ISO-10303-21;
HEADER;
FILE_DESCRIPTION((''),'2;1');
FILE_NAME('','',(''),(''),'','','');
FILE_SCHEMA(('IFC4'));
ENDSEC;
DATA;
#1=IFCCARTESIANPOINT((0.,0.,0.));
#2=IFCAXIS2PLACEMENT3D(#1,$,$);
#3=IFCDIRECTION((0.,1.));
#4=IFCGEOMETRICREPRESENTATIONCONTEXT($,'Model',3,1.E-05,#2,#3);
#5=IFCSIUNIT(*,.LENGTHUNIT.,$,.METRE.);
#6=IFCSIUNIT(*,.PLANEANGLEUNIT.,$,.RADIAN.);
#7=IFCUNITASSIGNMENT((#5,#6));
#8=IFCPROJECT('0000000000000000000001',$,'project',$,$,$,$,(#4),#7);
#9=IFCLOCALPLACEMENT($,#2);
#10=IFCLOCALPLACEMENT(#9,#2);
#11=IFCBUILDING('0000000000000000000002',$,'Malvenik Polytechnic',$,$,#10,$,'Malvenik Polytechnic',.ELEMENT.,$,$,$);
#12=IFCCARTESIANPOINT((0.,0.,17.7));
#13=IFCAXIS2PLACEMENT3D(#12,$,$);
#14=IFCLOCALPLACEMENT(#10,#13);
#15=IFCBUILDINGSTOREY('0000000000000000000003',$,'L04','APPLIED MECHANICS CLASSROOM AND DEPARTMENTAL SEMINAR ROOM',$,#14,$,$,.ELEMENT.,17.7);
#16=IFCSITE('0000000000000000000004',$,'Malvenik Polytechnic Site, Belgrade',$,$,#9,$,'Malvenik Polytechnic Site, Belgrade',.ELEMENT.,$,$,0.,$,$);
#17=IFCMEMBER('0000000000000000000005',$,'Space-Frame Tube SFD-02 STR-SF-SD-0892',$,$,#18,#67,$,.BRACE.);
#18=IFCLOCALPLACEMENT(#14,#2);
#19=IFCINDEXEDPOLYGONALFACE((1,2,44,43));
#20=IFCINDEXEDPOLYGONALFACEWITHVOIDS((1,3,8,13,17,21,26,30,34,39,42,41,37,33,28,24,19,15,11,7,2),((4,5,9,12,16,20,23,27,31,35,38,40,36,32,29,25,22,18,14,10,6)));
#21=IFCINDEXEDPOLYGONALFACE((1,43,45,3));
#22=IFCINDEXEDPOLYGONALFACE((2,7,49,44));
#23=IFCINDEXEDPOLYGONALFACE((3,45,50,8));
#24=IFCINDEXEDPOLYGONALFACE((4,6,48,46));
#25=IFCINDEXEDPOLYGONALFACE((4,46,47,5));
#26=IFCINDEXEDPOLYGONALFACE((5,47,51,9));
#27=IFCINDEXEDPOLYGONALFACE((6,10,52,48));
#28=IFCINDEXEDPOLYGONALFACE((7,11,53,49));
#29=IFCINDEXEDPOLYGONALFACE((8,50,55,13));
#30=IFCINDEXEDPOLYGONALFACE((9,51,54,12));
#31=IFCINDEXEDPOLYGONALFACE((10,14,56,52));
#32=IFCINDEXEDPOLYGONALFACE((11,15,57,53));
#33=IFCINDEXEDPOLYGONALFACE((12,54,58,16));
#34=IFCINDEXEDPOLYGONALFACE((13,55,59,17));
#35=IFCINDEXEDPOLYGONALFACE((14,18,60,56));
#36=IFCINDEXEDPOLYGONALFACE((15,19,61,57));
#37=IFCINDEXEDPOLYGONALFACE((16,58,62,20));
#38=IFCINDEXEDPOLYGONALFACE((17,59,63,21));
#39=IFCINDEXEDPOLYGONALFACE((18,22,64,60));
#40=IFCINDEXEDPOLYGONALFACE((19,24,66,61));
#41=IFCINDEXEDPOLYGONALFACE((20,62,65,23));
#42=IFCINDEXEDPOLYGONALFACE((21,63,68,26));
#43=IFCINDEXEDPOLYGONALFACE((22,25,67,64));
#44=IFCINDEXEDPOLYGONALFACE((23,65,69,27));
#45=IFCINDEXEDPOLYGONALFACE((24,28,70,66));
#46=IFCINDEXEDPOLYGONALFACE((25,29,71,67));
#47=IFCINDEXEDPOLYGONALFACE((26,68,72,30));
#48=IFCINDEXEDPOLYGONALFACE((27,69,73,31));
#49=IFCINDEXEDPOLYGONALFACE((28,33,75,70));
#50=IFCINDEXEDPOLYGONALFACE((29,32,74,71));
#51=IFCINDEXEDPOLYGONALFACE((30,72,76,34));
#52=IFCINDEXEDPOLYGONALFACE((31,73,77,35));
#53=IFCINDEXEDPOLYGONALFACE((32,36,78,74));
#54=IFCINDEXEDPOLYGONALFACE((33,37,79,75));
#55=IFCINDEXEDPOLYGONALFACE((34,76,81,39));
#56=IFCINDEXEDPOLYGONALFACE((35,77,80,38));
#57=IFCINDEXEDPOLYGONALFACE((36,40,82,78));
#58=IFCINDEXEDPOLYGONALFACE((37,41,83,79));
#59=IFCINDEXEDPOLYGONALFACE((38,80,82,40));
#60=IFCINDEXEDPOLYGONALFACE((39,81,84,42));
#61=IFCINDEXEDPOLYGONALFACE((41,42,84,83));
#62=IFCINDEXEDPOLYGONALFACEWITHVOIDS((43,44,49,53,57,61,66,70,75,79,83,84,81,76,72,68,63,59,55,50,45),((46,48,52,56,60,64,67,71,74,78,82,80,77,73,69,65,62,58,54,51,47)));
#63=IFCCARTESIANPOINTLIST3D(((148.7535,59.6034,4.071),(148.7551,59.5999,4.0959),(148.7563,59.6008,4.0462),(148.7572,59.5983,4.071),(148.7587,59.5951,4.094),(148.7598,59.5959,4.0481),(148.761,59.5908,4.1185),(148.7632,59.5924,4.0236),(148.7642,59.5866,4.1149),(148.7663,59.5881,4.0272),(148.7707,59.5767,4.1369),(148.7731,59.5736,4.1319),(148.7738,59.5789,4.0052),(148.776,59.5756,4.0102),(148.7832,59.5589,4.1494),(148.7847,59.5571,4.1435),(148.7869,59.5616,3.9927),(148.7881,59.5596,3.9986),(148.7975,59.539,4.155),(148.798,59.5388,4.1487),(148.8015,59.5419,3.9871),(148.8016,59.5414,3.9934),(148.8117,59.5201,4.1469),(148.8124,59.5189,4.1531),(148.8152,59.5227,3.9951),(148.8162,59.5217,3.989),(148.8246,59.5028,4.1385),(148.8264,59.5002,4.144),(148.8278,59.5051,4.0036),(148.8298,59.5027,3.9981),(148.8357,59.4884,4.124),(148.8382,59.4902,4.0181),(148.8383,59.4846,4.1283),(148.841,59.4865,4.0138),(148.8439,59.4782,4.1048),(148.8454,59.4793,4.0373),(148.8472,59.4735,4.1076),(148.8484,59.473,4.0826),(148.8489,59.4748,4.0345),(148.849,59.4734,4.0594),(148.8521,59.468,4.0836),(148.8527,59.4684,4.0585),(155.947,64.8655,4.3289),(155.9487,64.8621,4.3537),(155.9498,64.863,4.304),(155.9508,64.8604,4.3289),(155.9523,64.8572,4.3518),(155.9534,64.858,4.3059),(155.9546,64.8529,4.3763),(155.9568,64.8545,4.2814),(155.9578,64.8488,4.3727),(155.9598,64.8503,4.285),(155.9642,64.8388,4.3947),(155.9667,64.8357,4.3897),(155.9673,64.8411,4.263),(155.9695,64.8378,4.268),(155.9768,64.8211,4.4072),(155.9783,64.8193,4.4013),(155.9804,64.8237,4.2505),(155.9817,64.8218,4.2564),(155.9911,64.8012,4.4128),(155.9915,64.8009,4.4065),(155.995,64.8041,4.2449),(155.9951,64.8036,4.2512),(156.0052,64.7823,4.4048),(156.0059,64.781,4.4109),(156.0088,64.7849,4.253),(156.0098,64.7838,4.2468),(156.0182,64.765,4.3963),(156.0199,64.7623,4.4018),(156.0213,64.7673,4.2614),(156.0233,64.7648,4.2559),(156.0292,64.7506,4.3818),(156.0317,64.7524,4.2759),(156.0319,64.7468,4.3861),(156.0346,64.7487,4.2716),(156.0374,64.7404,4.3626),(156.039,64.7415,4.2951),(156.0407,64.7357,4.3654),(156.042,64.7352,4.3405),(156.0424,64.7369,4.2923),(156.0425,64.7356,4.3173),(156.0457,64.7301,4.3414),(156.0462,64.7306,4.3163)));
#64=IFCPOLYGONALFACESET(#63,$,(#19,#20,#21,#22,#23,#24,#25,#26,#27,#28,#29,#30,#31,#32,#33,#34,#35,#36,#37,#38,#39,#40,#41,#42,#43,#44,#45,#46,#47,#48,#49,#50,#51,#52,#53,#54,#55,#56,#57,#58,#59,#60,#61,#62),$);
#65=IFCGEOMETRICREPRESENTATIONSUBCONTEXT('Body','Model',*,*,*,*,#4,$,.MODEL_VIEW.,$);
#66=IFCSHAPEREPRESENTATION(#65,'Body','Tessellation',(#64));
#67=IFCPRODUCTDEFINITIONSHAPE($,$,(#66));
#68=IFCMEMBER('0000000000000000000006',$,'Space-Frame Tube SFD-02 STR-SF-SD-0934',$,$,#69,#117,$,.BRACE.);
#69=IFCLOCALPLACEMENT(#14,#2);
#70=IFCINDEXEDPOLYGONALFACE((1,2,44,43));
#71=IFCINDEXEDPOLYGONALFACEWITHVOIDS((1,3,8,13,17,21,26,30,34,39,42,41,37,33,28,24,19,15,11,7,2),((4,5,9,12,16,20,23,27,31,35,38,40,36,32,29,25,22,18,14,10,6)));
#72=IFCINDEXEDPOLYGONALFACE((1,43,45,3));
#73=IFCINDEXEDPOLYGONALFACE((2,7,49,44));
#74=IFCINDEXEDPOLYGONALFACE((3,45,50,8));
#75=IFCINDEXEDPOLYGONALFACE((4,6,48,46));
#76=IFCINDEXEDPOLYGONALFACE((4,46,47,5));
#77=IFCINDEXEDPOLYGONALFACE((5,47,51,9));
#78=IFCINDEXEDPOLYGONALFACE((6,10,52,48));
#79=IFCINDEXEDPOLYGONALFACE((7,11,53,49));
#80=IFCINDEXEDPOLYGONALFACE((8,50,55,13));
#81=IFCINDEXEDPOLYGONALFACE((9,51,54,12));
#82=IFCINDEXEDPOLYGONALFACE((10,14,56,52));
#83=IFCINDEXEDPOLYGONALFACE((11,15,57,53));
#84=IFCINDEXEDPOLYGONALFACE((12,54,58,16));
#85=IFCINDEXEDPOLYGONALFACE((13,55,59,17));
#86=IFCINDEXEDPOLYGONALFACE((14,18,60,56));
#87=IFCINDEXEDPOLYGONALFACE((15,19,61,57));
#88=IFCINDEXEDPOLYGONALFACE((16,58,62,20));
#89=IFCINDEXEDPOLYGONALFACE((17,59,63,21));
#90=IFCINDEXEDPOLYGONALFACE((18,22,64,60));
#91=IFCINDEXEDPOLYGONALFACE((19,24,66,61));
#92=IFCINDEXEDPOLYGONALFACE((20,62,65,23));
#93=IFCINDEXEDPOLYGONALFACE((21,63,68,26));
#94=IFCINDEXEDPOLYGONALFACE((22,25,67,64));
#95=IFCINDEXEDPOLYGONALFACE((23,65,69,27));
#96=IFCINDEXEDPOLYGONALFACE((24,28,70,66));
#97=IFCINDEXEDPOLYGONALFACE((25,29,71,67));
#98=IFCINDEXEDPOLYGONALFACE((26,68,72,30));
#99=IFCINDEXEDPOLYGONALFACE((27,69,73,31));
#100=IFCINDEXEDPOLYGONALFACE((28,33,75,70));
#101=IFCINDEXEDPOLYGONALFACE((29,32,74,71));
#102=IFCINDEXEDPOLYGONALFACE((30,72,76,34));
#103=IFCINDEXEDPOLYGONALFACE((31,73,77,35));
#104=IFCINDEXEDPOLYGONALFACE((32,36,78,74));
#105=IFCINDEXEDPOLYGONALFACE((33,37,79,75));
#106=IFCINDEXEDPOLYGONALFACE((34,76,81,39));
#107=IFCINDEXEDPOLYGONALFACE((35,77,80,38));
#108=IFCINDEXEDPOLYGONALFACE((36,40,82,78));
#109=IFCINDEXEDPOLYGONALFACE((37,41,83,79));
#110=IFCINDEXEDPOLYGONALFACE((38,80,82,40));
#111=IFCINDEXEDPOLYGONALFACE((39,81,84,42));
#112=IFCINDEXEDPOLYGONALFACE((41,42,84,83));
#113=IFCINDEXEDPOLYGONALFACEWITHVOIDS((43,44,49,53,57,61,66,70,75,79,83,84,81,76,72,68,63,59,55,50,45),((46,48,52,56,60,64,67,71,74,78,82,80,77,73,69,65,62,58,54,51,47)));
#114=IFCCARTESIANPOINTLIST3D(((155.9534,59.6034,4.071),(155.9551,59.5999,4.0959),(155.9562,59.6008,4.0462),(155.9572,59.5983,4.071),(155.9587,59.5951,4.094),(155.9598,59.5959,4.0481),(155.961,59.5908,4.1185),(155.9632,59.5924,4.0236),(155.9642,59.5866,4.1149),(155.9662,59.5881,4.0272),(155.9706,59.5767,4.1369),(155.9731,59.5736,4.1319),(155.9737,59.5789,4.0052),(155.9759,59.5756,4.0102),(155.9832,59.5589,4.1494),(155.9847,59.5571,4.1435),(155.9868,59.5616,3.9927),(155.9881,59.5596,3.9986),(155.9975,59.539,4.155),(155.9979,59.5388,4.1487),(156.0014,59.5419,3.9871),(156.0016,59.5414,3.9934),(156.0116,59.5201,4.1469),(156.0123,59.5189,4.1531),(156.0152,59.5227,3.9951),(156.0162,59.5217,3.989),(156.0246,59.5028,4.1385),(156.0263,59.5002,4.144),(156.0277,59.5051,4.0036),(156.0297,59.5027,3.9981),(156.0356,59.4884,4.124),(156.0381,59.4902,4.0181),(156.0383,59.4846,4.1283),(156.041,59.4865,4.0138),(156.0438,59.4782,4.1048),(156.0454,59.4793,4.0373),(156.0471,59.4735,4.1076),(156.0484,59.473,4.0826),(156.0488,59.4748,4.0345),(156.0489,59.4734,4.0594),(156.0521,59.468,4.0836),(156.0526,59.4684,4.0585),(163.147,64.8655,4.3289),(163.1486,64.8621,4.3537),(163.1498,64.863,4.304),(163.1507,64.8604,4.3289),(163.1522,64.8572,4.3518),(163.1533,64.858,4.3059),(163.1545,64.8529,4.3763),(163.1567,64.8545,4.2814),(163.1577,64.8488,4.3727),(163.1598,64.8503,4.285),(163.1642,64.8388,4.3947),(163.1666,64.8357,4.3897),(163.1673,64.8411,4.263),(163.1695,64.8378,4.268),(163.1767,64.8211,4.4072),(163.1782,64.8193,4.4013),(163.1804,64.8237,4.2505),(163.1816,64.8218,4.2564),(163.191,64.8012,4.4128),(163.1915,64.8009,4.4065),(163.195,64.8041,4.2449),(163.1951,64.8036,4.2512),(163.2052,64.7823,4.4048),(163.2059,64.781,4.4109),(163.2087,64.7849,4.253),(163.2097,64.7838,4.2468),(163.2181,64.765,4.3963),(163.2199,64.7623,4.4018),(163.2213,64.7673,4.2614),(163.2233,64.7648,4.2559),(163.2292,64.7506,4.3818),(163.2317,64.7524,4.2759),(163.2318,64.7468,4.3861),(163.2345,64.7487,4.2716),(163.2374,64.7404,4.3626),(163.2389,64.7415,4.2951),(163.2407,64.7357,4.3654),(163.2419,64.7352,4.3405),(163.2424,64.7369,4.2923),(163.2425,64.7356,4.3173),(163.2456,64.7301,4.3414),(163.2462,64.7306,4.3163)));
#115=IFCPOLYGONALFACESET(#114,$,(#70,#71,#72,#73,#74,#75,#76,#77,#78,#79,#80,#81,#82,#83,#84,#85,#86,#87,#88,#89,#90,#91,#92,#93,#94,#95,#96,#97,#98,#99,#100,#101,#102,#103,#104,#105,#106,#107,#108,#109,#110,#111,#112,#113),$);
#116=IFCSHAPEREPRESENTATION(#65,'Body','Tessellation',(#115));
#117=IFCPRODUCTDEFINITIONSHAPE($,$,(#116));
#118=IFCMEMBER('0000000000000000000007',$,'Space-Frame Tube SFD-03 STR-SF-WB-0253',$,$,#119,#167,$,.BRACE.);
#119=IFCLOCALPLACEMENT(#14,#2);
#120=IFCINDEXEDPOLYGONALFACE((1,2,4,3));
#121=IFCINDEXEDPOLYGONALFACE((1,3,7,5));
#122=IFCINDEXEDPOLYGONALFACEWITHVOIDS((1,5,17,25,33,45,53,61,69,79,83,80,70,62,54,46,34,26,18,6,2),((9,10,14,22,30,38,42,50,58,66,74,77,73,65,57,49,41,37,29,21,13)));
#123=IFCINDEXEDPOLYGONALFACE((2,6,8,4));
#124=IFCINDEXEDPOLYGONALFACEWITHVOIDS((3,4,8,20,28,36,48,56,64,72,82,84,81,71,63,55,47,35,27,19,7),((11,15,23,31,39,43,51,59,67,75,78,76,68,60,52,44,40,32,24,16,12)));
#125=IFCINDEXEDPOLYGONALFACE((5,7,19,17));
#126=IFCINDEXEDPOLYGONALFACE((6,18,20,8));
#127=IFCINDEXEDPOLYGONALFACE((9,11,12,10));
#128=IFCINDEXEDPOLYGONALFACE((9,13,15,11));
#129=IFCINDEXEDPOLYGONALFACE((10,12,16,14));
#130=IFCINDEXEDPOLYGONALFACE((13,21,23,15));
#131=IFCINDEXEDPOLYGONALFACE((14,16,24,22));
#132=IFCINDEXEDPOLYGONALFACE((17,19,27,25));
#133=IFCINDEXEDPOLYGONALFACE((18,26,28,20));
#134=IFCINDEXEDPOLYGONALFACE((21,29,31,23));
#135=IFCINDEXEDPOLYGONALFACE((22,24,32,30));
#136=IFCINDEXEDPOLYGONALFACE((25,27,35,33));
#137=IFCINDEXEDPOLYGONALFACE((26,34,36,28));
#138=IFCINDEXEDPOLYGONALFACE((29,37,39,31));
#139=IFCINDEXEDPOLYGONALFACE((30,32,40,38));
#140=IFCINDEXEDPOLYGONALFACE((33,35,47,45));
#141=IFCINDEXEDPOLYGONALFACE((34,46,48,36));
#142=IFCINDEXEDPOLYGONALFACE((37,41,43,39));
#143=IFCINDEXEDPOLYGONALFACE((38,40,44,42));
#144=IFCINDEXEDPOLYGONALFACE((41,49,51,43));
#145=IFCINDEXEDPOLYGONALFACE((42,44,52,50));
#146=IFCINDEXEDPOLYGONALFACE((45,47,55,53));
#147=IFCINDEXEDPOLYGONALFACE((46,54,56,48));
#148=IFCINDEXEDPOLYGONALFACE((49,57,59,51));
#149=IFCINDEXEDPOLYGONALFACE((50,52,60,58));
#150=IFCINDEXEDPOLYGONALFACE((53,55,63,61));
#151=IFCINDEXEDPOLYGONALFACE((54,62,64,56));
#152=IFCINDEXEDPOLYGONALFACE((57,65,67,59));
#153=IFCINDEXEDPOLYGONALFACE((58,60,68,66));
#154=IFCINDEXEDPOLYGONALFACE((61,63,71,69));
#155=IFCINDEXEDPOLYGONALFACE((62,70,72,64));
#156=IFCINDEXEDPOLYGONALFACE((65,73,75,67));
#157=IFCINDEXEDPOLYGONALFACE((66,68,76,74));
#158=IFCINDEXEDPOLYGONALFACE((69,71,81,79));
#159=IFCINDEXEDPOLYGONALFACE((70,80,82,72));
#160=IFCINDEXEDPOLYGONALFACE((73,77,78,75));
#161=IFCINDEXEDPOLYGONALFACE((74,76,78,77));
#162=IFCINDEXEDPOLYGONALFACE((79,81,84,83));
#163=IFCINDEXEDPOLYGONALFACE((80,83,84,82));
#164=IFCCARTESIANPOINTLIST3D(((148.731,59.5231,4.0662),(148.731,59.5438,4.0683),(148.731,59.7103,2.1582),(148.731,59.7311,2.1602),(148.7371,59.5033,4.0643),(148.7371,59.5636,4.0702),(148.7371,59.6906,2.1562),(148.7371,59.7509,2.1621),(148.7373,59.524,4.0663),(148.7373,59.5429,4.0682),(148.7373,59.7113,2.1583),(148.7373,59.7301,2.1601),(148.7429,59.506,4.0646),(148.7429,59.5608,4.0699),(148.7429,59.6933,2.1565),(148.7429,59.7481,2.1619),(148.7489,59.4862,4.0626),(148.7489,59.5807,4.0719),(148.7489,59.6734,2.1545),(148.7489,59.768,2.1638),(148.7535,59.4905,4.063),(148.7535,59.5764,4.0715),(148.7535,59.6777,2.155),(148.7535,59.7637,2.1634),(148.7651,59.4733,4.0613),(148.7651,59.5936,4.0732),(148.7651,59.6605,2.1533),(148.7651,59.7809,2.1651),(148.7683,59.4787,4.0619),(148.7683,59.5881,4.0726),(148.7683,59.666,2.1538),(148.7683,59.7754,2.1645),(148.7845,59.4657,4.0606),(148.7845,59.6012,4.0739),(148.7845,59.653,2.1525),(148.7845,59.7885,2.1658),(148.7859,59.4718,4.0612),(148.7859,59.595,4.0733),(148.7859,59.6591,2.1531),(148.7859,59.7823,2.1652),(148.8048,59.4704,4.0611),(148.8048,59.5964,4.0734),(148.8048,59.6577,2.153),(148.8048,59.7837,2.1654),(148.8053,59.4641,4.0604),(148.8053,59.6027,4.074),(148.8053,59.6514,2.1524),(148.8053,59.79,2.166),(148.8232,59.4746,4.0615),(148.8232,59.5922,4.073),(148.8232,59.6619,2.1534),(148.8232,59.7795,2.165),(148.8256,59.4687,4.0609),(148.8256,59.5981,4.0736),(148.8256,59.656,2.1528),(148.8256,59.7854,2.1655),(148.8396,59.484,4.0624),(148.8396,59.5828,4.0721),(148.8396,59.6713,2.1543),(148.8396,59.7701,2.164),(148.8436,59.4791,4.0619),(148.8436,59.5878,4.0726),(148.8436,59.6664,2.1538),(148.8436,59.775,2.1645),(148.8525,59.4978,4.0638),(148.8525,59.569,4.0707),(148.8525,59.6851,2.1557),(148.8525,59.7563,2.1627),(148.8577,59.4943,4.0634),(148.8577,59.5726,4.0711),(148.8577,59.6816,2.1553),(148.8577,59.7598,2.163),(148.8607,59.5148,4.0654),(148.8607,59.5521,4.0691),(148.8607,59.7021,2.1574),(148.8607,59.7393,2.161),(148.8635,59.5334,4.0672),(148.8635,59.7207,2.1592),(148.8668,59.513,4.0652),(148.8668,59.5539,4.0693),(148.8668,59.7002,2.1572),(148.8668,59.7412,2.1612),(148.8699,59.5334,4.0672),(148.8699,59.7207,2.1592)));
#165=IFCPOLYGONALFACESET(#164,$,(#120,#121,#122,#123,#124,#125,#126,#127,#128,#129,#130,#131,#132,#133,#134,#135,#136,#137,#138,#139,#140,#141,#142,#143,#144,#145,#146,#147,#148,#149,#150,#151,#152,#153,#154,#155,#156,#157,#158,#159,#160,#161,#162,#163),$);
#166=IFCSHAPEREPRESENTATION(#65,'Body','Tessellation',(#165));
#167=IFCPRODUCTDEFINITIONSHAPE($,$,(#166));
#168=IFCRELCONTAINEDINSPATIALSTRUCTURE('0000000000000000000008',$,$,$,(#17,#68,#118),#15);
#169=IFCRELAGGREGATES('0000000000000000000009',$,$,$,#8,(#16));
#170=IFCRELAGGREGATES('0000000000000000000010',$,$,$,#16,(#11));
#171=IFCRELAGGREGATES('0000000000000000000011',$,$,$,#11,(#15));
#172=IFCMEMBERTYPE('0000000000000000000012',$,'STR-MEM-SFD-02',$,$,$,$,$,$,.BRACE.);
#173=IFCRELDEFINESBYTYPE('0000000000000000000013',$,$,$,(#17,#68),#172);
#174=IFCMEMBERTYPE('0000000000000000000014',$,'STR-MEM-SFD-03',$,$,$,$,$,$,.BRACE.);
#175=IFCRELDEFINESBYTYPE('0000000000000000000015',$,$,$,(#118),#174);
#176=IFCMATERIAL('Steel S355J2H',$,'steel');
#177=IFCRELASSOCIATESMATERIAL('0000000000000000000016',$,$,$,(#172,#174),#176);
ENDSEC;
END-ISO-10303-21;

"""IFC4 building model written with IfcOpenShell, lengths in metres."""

from ifc_helpers import new_model, si_unit, direction, frame, origin, origin_2d, place, context, subcontext, project, spatial, hollow_circle, extrude, material, material_profile, profile_set, type_object, element, save


model = new_model("IFC4")

# Units and contexts
model_context = context("Model", 3, precision=1e-05, world=origin(), true_north=direction((0.0, 1.0)))
body_context = subcontext(model_context, "Body", "Model", "MODEL_VIEW")
ifc_project = project(units=[si_unit("LENGTHUNIT", "METRE"), si_unit("PLANEANGLEUNIT", "RADIAN")], contexts=[model_context])

# Site, building, storey
site_placement = place(None, origin())
site = spatial("IfcSite", under=ifc_project, at=site_placement, Name="Malvenik Polytechnic Site, Belgrade", LongName="Malvenik Polytechnic Site, Belgrade", CompositionType="ELEMENT", RefElevation=0.0)
building_placement = place(site_placement, origin())
building = spatial("IfcBuilding", under=site, at=building_placement, Name="Malvenik Polytechnic", LongName="Malvenik Polytechnic", CompositionType="ELEMENT")
storey_placement = place(building_placement, frame((0.0, 0.0, 17.7)))
storey = spatial("IfcBuildingStorey", under=building, at=storey_placement, Name="L04", Description="APPLIED MECHANICS CLASSROOM AND DEPARTMENTAL SEMINAR ROOM", CompositionType="ELEMENT", Elevation=17.7)

# Members
ifc_material = material(Name="Steel S355J2H", Category="steel")
ifc_material_profile_1 = material_profile(ifc_material, hollow_circle(Radius=0.0842, WallThickness=0.0063, at=origin_2d()), Name="CHS 168.3x6.3")
ifc_profile_set_1 = profile_set([ifc_material_profile_1], Name="Steel S355J2H")
member_type_1 = type_object("IfcMemberType", Name="STR-MEM-SFD-02", PredefinedType="BRACE", material=ifc_profile_set_1)
for number, where, z_axis, x_axis, name in (
    (1, (148.8032, 59.5354, 4.071), (0.806768, 0.59016, 0.028914), (-0.590407, 0.807105, 0.0), "Space-Frame Tube SFD-02 STR-SF-SD-0892"),
    (2, (156.0032, 59.5354, 4.071), (0.806768, 0.59016, 0.028914), (-0.590407, 0.807105, 0.0), "Space-Frame Tube SFD-02 STR-SF-SD-0934"),
):
    element("IfcMember", number, at=place(storey_placement, frame(where, z_axis=z_axis, x_axis=x_axis)), inside=storey, type_object=member_type_1, Name=name, PredefinedType="BRACE", context=body_context, shape_type="SweptSolid", body=[
        extrude(hollow_circle(Radius=0.0842, WallThickness=0.0063, at=origin_2d()), origin(), (0.0, 0.0, 1.0), 8.9165),
    ])
ifc_material_profile_2 = material_profile(ifc_material, hollow_circle(Radius=0.0698, WallThickness=0.0063, at=origin_2d()), Name="CHS 139.7x6.3")
ifc_profile_set_2 = profile_set([ifc_material_profile_2], Name="Steel S355J2H")
member_type_2 = type_object("IfcMemberType", Name="STR-MEM-SFD-03", PredefinedType="BRACE", material=ifc_profile_set_2)
member_1_placement = place(storey_placement, frame((148.8, 59.7207, 2.1592), z_axis=(0.0, -0.097675, 0.995218), x_axis=(1.0, 0.0, 0.0)))
element("IfcMember", 3, at=member_1_placement, inside=storey, type_object=member_type_2, Name="Space-Frame Tube SFD-03 STR-SF-WB-0253", PredefinedType="BRACE", context=body_context, shape_type="SweptSolid", body=[
    extrude(hollow_circle(Radius=0.0698, WallThickness=0.0063, at=origin_2d()), origin(), (0.0, 0.0, 1.0), 1.9172),
])

save(model, "model.ifc")
